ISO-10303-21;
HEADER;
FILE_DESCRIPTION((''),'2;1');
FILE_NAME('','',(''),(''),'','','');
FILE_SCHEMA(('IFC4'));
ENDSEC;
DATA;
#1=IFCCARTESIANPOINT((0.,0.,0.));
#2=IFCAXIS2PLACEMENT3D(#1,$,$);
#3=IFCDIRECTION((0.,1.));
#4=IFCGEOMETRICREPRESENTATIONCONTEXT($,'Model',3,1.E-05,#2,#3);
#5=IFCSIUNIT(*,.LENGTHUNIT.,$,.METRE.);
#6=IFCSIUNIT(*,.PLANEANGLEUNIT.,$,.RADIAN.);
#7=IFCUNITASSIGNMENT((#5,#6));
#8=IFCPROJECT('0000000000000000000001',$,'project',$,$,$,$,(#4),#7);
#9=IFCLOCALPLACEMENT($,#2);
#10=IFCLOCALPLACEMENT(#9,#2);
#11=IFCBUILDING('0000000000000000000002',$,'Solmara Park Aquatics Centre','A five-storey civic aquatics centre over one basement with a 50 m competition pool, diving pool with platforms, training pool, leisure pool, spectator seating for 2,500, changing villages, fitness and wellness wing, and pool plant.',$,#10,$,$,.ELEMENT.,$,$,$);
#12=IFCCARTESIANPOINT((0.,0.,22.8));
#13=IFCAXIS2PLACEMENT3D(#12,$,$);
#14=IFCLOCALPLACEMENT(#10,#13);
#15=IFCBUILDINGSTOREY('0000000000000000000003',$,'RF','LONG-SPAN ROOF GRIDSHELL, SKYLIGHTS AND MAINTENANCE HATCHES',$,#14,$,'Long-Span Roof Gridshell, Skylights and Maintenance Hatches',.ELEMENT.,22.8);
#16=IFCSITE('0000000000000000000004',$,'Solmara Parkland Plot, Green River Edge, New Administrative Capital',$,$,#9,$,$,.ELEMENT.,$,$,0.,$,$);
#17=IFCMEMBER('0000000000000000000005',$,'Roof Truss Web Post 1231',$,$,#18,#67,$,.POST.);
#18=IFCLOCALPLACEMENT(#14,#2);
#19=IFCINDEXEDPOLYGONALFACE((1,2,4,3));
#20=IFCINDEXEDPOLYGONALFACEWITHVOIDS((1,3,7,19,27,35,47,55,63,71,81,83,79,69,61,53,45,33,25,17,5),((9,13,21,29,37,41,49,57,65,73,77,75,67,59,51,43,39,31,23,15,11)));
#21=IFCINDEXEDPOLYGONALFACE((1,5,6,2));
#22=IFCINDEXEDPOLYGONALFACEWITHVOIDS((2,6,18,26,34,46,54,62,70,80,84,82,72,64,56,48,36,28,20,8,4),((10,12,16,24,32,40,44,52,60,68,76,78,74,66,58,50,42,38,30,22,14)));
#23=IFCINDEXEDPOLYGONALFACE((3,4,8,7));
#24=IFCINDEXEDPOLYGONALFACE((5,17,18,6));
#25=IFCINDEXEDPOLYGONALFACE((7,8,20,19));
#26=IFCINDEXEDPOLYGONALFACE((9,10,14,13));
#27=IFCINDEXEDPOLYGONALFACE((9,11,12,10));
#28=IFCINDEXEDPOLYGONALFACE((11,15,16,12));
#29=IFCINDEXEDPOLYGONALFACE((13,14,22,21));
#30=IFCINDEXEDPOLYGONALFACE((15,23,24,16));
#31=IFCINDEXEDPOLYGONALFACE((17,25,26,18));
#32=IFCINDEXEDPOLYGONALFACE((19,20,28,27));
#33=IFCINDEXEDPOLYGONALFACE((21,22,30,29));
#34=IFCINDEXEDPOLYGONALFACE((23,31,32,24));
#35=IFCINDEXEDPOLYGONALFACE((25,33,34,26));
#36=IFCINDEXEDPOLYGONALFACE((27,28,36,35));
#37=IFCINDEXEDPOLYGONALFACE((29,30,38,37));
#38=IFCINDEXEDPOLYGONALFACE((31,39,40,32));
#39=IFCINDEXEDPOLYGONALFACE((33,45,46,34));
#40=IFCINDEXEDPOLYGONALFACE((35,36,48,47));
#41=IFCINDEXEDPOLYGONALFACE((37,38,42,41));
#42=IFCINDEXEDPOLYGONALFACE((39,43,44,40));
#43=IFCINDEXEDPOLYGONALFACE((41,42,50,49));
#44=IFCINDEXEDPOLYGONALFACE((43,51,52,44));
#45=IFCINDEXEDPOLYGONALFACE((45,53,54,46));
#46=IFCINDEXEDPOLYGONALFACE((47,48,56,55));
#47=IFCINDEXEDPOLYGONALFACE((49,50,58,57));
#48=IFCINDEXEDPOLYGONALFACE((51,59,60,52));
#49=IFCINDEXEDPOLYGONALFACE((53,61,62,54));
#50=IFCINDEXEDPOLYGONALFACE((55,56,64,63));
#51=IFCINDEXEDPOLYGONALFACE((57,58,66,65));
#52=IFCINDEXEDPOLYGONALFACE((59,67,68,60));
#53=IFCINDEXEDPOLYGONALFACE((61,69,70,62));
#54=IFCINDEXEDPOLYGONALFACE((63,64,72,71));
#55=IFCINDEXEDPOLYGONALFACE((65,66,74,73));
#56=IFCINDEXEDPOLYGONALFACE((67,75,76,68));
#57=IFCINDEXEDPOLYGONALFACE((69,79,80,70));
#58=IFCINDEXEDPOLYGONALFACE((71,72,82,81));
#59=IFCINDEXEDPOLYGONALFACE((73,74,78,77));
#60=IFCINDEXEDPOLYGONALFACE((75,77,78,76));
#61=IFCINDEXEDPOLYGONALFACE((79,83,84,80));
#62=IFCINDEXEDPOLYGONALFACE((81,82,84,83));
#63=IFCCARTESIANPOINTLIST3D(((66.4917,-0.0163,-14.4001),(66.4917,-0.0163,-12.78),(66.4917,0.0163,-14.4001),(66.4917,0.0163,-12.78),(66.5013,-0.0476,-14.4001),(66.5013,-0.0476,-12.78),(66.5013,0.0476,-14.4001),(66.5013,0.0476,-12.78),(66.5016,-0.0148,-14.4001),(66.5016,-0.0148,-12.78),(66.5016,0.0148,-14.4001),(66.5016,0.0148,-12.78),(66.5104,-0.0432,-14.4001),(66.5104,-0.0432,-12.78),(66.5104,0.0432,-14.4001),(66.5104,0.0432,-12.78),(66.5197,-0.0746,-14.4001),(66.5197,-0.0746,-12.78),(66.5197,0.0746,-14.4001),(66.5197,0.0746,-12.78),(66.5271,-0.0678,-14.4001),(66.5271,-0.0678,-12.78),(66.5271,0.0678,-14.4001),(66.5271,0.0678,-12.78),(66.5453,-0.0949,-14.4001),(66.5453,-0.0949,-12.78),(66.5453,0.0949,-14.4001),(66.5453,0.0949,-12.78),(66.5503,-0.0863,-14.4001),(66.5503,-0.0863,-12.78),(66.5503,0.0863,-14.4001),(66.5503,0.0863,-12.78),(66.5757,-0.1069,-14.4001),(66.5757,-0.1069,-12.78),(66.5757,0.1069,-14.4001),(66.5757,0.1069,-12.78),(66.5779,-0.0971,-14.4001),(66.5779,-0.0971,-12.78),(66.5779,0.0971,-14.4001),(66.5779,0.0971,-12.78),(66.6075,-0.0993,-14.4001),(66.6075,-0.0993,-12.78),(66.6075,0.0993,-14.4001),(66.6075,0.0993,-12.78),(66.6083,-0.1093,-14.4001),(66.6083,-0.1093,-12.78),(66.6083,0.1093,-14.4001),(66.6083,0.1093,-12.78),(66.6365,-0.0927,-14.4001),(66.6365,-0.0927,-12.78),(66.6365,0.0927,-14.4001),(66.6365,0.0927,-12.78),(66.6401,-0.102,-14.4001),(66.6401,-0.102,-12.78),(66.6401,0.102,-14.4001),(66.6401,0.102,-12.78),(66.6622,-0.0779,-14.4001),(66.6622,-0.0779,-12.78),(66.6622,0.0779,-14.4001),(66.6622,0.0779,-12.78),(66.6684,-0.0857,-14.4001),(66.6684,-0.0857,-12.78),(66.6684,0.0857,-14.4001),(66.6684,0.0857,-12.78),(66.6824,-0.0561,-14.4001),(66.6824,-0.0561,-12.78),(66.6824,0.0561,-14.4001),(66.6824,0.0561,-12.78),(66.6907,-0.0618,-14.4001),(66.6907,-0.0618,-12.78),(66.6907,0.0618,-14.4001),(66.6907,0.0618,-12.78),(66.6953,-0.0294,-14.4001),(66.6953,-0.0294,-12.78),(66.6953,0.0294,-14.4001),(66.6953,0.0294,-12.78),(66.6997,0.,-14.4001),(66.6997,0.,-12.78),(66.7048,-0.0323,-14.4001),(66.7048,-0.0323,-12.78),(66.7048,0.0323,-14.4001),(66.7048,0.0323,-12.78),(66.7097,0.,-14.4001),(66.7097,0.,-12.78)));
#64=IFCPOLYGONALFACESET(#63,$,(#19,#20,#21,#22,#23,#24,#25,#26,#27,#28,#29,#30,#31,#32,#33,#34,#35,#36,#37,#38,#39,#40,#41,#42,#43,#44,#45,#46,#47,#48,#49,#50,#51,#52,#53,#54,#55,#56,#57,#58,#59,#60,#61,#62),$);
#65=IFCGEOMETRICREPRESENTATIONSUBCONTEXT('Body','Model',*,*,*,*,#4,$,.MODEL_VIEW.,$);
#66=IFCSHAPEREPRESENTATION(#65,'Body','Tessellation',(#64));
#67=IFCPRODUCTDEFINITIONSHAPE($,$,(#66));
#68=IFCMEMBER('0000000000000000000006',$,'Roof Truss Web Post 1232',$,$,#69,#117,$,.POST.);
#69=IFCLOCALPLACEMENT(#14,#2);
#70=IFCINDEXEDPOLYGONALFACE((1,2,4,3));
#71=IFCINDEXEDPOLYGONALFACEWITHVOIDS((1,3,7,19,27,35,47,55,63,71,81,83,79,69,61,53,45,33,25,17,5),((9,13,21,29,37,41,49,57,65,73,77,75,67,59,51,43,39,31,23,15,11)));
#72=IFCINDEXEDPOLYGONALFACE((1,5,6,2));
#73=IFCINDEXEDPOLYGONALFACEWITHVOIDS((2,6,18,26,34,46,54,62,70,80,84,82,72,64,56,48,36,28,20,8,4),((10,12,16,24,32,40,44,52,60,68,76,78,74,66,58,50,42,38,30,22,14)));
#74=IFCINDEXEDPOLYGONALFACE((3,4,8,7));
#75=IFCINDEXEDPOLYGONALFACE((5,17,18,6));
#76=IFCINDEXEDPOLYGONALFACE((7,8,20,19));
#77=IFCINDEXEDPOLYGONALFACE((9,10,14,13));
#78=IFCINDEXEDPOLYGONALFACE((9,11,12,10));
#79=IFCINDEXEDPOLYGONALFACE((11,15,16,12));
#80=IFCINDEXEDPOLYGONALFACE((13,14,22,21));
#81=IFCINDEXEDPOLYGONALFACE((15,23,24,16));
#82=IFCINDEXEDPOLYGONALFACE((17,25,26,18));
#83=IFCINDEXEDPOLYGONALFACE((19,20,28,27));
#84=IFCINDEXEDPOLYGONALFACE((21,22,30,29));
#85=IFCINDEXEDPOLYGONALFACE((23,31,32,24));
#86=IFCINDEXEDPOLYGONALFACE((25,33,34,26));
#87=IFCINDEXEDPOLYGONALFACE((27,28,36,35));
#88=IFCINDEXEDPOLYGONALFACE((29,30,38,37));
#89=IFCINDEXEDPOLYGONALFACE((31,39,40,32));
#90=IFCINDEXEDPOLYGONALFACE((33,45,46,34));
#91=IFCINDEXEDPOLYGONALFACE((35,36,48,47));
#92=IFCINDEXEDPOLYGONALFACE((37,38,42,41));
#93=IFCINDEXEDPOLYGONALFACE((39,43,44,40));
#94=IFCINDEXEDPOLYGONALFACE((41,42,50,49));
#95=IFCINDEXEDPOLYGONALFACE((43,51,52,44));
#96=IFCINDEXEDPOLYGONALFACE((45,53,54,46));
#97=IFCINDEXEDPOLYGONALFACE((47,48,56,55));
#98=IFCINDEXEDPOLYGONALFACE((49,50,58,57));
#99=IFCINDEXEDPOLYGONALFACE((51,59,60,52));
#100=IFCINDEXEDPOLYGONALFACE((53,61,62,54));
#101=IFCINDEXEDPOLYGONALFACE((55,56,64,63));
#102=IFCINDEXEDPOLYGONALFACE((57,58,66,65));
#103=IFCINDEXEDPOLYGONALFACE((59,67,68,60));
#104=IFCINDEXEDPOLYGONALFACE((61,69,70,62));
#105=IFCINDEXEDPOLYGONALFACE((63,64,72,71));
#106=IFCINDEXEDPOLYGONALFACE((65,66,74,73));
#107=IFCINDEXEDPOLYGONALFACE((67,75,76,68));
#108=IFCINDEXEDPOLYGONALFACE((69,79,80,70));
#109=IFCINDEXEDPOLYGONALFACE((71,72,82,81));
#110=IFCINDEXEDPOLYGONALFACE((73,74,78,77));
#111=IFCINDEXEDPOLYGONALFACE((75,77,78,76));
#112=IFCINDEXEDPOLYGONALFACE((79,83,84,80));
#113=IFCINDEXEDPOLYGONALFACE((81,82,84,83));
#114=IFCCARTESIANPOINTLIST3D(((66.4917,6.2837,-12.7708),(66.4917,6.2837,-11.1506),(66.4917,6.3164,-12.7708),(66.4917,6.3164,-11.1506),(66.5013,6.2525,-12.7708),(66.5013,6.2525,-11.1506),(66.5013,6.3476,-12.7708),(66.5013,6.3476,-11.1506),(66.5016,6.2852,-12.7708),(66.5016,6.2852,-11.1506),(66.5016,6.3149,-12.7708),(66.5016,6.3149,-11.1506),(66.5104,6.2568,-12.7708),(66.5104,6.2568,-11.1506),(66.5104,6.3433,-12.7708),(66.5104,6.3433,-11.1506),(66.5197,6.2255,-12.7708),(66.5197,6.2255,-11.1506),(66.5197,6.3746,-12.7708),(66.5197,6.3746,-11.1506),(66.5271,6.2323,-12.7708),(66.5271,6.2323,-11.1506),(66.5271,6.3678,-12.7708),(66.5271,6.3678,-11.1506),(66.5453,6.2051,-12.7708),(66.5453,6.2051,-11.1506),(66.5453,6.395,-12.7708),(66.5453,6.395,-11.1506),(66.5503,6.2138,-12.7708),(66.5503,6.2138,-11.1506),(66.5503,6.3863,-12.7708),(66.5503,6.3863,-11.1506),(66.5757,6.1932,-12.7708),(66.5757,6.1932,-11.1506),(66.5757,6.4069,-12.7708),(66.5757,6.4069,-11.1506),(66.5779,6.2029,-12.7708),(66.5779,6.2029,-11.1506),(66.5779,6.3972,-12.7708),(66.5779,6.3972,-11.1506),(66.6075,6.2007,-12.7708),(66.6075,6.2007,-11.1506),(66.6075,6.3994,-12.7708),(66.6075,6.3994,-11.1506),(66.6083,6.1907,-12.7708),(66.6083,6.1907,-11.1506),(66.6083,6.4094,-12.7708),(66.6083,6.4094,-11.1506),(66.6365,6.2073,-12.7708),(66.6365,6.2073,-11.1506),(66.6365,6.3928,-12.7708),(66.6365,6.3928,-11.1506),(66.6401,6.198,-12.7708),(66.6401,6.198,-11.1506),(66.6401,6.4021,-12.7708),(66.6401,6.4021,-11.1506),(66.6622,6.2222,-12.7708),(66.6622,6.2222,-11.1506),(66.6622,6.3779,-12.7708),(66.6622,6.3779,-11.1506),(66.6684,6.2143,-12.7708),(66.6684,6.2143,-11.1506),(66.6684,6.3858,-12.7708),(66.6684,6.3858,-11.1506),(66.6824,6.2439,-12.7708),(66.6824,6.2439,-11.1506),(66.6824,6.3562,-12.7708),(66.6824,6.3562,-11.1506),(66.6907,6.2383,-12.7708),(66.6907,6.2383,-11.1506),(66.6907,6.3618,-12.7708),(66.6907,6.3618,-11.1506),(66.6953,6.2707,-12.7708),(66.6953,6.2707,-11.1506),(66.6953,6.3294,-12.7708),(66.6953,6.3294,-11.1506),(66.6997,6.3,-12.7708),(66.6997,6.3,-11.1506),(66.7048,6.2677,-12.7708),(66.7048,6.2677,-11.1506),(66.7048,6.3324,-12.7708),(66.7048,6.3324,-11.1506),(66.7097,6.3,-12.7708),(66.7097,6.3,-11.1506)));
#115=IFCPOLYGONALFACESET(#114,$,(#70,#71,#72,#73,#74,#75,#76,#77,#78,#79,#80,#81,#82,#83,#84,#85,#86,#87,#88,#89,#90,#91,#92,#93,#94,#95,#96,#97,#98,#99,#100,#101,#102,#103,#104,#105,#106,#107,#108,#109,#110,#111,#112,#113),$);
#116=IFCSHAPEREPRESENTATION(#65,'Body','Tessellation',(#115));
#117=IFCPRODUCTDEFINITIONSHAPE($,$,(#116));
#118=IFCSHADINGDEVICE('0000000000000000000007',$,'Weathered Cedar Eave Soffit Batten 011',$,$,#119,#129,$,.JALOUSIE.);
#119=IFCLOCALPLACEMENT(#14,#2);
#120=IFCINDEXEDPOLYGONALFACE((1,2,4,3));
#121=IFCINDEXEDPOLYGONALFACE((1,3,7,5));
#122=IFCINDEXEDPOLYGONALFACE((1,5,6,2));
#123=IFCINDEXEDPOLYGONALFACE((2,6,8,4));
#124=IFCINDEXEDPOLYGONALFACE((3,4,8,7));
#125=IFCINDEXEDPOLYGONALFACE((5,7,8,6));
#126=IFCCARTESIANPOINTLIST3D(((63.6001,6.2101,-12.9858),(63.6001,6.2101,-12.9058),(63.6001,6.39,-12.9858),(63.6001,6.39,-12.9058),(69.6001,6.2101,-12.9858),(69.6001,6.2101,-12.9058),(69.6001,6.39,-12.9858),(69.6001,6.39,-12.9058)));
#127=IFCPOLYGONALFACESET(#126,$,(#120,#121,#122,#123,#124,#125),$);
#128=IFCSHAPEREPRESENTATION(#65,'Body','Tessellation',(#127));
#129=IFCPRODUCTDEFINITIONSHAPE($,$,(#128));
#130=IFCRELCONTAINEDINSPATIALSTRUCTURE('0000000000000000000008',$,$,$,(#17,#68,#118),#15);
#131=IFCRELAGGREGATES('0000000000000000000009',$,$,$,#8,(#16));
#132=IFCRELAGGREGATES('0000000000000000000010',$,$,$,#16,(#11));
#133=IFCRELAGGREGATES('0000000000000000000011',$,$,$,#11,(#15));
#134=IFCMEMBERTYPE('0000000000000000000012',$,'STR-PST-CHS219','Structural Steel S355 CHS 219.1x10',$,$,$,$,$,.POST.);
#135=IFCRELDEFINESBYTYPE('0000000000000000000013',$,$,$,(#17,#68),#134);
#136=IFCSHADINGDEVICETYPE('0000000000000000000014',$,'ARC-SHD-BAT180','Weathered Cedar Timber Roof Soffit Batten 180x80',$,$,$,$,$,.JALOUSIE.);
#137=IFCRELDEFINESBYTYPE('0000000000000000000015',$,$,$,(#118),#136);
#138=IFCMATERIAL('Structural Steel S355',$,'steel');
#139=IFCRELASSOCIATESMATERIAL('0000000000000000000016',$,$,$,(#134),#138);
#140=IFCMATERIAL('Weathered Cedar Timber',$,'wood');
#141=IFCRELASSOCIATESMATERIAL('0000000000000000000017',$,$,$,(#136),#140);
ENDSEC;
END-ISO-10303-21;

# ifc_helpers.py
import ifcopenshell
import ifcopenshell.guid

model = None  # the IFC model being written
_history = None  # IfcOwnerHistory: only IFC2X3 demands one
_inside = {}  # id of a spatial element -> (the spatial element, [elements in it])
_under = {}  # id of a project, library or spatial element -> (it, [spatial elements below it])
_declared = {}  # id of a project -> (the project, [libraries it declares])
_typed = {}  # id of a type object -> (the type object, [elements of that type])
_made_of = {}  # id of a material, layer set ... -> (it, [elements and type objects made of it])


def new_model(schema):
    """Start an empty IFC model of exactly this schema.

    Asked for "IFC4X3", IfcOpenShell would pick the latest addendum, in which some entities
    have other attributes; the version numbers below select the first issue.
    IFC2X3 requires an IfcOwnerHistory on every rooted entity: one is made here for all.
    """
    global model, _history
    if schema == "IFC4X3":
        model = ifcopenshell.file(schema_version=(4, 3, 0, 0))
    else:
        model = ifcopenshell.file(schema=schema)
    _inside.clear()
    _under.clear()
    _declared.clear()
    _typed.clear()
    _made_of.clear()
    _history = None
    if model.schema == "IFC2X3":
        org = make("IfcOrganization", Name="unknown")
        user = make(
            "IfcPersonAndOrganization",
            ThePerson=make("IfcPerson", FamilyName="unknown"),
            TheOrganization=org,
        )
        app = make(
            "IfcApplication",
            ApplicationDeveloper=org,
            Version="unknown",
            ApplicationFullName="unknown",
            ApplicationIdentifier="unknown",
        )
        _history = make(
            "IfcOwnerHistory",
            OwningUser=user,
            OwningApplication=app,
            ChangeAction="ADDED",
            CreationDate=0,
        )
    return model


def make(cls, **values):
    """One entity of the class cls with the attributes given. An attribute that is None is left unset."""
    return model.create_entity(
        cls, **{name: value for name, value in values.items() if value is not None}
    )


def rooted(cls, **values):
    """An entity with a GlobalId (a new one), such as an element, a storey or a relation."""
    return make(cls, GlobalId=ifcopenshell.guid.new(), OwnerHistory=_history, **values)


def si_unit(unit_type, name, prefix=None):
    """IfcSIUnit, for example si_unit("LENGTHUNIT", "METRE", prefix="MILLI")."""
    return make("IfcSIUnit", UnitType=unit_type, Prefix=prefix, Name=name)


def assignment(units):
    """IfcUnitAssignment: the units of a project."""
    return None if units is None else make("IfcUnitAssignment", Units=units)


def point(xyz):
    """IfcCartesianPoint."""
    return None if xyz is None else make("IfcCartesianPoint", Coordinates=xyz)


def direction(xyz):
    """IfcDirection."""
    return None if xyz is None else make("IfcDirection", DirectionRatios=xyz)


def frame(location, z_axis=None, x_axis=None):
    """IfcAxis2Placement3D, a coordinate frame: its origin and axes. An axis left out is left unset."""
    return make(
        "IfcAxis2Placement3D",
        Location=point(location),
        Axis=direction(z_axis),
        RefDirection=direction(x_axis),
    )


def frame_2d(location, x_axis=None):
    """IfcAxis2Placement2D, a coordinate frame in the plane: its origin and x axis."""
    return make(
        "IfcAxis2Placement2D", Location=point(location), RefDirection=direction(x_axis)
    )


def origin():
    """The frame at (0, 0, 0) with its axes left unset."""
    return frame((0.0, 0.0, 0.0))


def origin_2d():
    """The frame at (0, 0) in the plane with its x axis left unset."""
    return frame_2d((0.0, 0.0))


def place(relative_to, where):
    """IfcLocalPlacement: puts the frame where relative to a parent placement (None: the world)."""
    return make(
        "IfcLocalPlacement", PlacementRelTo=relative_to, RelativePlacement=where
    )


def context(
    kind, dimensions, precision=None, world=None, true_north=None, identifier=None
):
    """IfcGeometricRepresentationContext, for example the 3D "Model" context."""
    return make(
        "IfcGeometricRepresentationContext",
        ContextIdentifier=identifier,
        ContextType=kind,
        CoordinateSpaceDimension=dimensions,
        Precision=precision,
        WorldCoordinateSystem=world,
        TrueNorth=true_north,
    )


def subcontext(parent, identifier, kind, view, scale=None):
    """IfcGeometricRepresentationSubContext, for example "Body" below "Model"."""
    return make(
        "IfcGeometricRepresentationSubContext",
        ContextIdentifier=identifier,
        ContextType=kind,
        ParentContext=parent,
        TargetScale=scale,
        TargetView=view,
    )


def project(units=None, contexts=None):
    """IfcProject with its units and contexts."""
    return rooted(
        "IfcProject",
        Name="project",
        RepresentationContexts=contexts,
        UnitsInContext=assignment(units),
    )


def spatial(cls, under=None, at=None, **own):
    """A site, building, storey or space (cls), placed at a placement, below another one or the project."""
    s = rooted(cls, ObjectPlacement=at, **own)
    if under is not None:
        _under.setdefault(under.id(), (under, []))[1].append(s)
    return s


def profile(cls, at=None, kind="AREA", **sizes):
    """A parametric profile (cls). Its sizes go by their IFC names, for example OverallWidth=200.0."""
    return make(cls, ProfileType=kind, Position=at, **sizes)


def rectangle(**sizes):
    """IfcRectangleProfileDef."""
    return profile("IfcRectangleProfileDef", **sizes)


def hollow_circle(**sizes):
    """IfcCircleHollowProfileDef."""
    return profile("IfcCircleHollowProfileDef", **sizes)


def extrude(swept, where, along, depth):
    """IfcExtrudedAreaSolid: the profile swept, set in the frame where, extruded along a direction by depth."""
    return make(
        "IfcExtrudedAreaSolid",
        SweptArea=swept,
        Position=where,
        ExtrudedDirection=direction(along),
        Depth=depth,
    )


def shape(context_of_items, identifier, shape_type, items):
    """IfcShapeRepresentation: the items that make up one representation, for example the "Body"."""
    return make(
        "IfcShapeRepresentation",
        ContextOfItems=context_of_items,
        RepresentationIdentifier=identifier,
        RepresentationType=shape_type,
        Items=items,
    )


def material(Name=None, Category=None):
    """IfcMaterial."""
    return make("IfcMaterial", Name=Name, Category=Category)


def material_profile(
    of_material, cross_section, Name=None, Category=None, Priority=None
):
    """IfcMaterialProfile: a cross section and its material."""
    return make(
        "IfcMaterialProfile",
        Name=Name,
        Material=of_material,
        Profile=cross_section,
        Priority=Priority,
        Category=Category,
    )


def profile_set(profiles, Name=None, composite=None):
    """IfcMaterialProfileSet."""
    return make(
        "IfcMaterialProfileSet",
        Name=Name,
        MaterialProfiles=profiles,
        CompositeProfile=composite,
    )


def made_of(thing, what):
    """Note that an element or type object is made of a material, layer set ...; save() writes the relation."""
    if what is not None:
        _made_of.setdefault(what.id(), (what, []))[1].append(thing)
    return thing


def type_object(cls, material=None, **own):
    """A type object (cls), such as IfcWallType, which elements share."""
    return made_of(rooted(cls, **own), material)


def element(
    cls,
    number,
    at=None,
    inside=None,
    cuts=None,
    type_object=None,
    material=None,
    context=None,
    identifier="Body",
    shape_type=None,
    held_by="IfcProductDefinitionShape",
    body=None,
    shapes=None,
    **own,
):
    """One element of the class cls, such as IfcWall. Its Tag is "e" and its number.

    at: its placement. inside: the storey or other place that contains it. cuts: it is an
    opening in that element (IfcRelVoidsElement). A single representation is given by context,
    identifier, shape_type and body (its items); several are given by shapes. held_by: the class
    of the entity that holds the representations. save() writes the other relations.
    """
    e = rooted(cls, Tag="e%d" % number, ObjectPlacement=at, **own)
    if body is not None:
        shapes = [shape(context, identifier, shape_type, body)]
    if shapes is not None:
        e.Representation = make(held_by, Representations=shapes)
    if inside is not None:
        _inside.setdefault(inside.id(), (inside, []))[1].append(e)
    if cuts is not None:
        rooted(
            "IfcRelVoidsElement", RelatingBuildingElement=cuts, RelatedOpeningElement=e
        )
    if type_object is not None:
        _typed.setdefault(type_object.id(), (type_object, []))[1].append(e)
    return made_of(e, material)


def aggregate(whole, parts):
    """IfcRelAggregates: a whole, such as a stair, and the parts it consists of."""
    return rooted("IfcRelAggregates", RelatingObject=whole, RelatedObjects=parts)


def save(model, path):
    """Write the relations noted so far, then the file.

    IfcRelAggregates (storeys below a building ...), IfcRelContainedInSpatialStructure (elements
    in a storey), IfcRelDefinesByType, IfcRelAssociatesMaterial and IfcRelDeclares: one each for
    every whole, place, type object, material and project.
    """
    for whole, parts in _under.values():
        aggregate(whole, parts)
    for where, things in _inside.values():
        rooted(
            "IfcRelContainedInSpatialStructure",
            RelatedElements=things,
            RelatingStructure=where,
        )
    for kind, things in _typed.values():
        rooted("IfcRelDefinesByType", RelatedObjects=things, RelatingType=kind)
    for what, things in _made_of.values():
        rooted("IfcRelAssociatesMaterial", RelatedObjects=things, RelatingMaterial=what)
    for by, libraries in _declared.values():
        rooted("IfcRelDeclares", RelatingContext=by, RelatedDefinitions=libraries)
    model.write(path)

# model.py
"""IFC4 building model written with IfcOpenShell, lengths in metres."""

from ifc_helpers import new_model, si_unit, direction, frame, origin, origin_2d, place, context, subcontext, project, spatial, rectangle, hollow_circle, extrude, material, material_profile, profile_set, type_object, element, save


model = new_model("IFC4")

# Units and contexts
model_context = context("Model", 3, precision=1e-05, world=origin(), true_north=direction((0.0, 1.0)))
body_context = subcontext(model_context, "Body", "Model", "MODEL_VIEW")
ifc_project = project(units=[si_unit("LENGTHUNIT", "METRE"), si_unit("PLANEANGLEUNIT", "RADIAN")], contexts=[model_context])

# Site, building, storey
site_placement = place(None, origin())
site = spatial("IfcSite", under=ifc_project, at=site_placement, Name="Solmara Parkland Plot, Green River Edge, New Administrative Capital", CompositionType="ELEMENT", RefElevation=0.0)
building_placement = place(site_placement, origin())
building = spatial("IfcBuilding", under=site, at=building_placement, Name="Solmara Park Aquatics Centre", Description="A five-storey civic aquatics centre over one basement with a 50 m competition pool, diving pool with platforms, training pool, leisure pool, spectator seating for 2,500, changing villages, fitness and wellness wing, and pool plant.", CompositionType="ELEMENT")
storey_placement = place(building_placement, frame((0.0, 0.0, 22.8)))
storey = spatial("IfcBuildingStorey", under=building, at=storey_placement, Name="RF", Description="LONG-SPAN ROOF GRIDSHELL, SKYLIGHTS AND MAINTENANCE HATCHES", LongName="Long-Span Roof Gridshell, Skylights and Maintenance Hatches", CompositionType="ELEMENT", Elevation=22.8)

# Members
ifc_material_1 = material(Name="Structural Steel S355", Category="steel")
ifc_material_profile_1 = material_profile(ifc_material_1, hollow_circle(Radius=0.1096, WallThickness=0.01, at=origin_2d()), Name="CHS 219.1x10")
ifc_profile_set_1 = profile_set([ifc_material_profile_1], Name="Structural Steel S355")
member_type_1 = type_object("IfcMemberType", Name="STR-PST-CHS219", Description="Structural Steel S355 CHS 219.1x10", PredefinedType="POST", material=ifc_profile_set_1)
for number, where, z_axis, x_axis, name in (
    (1, (66.6001, 0.0, -14.4001), (0.0, 0.0, 1.0), (1.0, 0.0, 0.0), "Roof Truss Web Post 1231"),
    (2, (66.6001, 6.3, -12.7708), (0.0, 0.0, 1.0), (1.0, 0.0, 0.0), "Roof Truss Web Post 1232"),
):
    element("IfcMember", number, at=place(storey_placement, frame(where, z_axis=z_axis, x_axis=x_axis)), inside=storey, type_object=member_type_1, Name=name, PredefinedType="POST", context=body_context, shape_type="SweptSolid", body=[
        extrude(hollow_circle(Radius=0.1096, WallThickness=0.01, at=origin_2d()), origin(), (0.0, 0.0, 1.0), 1.6201),
    ])

# Shading device
ifc_material_2 = material(Name="Weathered Cedar Timber", Category="wood")
shading_device_type = type_object("IfcShadingDeviceType", Name="ARC-SHD-BAT180", Description="Weathered Cedar Timber Roof Soffit Batten 180x80", PredefinedType="JALOUSIE", material=ifc_material_2)
shading_device_placement = place(storey_placement, frame((66.6001, 6.3, -12.9858), z_axis=(0.0, 0.0, 1.0), x_axis=(1.0, 0.0, 0.0)))
element("IfcShadingDevice", 3, at=shading_device_placement, inside=storey, type_object=shading_device_type, Name="Weathered Cedar Eave Soffit Batten 011", PredefinedType="JALOUSIE", context=body_context, shape_type="SweptSolid", body=[
    extrude(rectangle(XDim=6.0, YDim=0.1799, at=origin_2d()), origin(), (0.0, 0.0, 1.0), 0.0801),
])

save(model, "model.ifc")
